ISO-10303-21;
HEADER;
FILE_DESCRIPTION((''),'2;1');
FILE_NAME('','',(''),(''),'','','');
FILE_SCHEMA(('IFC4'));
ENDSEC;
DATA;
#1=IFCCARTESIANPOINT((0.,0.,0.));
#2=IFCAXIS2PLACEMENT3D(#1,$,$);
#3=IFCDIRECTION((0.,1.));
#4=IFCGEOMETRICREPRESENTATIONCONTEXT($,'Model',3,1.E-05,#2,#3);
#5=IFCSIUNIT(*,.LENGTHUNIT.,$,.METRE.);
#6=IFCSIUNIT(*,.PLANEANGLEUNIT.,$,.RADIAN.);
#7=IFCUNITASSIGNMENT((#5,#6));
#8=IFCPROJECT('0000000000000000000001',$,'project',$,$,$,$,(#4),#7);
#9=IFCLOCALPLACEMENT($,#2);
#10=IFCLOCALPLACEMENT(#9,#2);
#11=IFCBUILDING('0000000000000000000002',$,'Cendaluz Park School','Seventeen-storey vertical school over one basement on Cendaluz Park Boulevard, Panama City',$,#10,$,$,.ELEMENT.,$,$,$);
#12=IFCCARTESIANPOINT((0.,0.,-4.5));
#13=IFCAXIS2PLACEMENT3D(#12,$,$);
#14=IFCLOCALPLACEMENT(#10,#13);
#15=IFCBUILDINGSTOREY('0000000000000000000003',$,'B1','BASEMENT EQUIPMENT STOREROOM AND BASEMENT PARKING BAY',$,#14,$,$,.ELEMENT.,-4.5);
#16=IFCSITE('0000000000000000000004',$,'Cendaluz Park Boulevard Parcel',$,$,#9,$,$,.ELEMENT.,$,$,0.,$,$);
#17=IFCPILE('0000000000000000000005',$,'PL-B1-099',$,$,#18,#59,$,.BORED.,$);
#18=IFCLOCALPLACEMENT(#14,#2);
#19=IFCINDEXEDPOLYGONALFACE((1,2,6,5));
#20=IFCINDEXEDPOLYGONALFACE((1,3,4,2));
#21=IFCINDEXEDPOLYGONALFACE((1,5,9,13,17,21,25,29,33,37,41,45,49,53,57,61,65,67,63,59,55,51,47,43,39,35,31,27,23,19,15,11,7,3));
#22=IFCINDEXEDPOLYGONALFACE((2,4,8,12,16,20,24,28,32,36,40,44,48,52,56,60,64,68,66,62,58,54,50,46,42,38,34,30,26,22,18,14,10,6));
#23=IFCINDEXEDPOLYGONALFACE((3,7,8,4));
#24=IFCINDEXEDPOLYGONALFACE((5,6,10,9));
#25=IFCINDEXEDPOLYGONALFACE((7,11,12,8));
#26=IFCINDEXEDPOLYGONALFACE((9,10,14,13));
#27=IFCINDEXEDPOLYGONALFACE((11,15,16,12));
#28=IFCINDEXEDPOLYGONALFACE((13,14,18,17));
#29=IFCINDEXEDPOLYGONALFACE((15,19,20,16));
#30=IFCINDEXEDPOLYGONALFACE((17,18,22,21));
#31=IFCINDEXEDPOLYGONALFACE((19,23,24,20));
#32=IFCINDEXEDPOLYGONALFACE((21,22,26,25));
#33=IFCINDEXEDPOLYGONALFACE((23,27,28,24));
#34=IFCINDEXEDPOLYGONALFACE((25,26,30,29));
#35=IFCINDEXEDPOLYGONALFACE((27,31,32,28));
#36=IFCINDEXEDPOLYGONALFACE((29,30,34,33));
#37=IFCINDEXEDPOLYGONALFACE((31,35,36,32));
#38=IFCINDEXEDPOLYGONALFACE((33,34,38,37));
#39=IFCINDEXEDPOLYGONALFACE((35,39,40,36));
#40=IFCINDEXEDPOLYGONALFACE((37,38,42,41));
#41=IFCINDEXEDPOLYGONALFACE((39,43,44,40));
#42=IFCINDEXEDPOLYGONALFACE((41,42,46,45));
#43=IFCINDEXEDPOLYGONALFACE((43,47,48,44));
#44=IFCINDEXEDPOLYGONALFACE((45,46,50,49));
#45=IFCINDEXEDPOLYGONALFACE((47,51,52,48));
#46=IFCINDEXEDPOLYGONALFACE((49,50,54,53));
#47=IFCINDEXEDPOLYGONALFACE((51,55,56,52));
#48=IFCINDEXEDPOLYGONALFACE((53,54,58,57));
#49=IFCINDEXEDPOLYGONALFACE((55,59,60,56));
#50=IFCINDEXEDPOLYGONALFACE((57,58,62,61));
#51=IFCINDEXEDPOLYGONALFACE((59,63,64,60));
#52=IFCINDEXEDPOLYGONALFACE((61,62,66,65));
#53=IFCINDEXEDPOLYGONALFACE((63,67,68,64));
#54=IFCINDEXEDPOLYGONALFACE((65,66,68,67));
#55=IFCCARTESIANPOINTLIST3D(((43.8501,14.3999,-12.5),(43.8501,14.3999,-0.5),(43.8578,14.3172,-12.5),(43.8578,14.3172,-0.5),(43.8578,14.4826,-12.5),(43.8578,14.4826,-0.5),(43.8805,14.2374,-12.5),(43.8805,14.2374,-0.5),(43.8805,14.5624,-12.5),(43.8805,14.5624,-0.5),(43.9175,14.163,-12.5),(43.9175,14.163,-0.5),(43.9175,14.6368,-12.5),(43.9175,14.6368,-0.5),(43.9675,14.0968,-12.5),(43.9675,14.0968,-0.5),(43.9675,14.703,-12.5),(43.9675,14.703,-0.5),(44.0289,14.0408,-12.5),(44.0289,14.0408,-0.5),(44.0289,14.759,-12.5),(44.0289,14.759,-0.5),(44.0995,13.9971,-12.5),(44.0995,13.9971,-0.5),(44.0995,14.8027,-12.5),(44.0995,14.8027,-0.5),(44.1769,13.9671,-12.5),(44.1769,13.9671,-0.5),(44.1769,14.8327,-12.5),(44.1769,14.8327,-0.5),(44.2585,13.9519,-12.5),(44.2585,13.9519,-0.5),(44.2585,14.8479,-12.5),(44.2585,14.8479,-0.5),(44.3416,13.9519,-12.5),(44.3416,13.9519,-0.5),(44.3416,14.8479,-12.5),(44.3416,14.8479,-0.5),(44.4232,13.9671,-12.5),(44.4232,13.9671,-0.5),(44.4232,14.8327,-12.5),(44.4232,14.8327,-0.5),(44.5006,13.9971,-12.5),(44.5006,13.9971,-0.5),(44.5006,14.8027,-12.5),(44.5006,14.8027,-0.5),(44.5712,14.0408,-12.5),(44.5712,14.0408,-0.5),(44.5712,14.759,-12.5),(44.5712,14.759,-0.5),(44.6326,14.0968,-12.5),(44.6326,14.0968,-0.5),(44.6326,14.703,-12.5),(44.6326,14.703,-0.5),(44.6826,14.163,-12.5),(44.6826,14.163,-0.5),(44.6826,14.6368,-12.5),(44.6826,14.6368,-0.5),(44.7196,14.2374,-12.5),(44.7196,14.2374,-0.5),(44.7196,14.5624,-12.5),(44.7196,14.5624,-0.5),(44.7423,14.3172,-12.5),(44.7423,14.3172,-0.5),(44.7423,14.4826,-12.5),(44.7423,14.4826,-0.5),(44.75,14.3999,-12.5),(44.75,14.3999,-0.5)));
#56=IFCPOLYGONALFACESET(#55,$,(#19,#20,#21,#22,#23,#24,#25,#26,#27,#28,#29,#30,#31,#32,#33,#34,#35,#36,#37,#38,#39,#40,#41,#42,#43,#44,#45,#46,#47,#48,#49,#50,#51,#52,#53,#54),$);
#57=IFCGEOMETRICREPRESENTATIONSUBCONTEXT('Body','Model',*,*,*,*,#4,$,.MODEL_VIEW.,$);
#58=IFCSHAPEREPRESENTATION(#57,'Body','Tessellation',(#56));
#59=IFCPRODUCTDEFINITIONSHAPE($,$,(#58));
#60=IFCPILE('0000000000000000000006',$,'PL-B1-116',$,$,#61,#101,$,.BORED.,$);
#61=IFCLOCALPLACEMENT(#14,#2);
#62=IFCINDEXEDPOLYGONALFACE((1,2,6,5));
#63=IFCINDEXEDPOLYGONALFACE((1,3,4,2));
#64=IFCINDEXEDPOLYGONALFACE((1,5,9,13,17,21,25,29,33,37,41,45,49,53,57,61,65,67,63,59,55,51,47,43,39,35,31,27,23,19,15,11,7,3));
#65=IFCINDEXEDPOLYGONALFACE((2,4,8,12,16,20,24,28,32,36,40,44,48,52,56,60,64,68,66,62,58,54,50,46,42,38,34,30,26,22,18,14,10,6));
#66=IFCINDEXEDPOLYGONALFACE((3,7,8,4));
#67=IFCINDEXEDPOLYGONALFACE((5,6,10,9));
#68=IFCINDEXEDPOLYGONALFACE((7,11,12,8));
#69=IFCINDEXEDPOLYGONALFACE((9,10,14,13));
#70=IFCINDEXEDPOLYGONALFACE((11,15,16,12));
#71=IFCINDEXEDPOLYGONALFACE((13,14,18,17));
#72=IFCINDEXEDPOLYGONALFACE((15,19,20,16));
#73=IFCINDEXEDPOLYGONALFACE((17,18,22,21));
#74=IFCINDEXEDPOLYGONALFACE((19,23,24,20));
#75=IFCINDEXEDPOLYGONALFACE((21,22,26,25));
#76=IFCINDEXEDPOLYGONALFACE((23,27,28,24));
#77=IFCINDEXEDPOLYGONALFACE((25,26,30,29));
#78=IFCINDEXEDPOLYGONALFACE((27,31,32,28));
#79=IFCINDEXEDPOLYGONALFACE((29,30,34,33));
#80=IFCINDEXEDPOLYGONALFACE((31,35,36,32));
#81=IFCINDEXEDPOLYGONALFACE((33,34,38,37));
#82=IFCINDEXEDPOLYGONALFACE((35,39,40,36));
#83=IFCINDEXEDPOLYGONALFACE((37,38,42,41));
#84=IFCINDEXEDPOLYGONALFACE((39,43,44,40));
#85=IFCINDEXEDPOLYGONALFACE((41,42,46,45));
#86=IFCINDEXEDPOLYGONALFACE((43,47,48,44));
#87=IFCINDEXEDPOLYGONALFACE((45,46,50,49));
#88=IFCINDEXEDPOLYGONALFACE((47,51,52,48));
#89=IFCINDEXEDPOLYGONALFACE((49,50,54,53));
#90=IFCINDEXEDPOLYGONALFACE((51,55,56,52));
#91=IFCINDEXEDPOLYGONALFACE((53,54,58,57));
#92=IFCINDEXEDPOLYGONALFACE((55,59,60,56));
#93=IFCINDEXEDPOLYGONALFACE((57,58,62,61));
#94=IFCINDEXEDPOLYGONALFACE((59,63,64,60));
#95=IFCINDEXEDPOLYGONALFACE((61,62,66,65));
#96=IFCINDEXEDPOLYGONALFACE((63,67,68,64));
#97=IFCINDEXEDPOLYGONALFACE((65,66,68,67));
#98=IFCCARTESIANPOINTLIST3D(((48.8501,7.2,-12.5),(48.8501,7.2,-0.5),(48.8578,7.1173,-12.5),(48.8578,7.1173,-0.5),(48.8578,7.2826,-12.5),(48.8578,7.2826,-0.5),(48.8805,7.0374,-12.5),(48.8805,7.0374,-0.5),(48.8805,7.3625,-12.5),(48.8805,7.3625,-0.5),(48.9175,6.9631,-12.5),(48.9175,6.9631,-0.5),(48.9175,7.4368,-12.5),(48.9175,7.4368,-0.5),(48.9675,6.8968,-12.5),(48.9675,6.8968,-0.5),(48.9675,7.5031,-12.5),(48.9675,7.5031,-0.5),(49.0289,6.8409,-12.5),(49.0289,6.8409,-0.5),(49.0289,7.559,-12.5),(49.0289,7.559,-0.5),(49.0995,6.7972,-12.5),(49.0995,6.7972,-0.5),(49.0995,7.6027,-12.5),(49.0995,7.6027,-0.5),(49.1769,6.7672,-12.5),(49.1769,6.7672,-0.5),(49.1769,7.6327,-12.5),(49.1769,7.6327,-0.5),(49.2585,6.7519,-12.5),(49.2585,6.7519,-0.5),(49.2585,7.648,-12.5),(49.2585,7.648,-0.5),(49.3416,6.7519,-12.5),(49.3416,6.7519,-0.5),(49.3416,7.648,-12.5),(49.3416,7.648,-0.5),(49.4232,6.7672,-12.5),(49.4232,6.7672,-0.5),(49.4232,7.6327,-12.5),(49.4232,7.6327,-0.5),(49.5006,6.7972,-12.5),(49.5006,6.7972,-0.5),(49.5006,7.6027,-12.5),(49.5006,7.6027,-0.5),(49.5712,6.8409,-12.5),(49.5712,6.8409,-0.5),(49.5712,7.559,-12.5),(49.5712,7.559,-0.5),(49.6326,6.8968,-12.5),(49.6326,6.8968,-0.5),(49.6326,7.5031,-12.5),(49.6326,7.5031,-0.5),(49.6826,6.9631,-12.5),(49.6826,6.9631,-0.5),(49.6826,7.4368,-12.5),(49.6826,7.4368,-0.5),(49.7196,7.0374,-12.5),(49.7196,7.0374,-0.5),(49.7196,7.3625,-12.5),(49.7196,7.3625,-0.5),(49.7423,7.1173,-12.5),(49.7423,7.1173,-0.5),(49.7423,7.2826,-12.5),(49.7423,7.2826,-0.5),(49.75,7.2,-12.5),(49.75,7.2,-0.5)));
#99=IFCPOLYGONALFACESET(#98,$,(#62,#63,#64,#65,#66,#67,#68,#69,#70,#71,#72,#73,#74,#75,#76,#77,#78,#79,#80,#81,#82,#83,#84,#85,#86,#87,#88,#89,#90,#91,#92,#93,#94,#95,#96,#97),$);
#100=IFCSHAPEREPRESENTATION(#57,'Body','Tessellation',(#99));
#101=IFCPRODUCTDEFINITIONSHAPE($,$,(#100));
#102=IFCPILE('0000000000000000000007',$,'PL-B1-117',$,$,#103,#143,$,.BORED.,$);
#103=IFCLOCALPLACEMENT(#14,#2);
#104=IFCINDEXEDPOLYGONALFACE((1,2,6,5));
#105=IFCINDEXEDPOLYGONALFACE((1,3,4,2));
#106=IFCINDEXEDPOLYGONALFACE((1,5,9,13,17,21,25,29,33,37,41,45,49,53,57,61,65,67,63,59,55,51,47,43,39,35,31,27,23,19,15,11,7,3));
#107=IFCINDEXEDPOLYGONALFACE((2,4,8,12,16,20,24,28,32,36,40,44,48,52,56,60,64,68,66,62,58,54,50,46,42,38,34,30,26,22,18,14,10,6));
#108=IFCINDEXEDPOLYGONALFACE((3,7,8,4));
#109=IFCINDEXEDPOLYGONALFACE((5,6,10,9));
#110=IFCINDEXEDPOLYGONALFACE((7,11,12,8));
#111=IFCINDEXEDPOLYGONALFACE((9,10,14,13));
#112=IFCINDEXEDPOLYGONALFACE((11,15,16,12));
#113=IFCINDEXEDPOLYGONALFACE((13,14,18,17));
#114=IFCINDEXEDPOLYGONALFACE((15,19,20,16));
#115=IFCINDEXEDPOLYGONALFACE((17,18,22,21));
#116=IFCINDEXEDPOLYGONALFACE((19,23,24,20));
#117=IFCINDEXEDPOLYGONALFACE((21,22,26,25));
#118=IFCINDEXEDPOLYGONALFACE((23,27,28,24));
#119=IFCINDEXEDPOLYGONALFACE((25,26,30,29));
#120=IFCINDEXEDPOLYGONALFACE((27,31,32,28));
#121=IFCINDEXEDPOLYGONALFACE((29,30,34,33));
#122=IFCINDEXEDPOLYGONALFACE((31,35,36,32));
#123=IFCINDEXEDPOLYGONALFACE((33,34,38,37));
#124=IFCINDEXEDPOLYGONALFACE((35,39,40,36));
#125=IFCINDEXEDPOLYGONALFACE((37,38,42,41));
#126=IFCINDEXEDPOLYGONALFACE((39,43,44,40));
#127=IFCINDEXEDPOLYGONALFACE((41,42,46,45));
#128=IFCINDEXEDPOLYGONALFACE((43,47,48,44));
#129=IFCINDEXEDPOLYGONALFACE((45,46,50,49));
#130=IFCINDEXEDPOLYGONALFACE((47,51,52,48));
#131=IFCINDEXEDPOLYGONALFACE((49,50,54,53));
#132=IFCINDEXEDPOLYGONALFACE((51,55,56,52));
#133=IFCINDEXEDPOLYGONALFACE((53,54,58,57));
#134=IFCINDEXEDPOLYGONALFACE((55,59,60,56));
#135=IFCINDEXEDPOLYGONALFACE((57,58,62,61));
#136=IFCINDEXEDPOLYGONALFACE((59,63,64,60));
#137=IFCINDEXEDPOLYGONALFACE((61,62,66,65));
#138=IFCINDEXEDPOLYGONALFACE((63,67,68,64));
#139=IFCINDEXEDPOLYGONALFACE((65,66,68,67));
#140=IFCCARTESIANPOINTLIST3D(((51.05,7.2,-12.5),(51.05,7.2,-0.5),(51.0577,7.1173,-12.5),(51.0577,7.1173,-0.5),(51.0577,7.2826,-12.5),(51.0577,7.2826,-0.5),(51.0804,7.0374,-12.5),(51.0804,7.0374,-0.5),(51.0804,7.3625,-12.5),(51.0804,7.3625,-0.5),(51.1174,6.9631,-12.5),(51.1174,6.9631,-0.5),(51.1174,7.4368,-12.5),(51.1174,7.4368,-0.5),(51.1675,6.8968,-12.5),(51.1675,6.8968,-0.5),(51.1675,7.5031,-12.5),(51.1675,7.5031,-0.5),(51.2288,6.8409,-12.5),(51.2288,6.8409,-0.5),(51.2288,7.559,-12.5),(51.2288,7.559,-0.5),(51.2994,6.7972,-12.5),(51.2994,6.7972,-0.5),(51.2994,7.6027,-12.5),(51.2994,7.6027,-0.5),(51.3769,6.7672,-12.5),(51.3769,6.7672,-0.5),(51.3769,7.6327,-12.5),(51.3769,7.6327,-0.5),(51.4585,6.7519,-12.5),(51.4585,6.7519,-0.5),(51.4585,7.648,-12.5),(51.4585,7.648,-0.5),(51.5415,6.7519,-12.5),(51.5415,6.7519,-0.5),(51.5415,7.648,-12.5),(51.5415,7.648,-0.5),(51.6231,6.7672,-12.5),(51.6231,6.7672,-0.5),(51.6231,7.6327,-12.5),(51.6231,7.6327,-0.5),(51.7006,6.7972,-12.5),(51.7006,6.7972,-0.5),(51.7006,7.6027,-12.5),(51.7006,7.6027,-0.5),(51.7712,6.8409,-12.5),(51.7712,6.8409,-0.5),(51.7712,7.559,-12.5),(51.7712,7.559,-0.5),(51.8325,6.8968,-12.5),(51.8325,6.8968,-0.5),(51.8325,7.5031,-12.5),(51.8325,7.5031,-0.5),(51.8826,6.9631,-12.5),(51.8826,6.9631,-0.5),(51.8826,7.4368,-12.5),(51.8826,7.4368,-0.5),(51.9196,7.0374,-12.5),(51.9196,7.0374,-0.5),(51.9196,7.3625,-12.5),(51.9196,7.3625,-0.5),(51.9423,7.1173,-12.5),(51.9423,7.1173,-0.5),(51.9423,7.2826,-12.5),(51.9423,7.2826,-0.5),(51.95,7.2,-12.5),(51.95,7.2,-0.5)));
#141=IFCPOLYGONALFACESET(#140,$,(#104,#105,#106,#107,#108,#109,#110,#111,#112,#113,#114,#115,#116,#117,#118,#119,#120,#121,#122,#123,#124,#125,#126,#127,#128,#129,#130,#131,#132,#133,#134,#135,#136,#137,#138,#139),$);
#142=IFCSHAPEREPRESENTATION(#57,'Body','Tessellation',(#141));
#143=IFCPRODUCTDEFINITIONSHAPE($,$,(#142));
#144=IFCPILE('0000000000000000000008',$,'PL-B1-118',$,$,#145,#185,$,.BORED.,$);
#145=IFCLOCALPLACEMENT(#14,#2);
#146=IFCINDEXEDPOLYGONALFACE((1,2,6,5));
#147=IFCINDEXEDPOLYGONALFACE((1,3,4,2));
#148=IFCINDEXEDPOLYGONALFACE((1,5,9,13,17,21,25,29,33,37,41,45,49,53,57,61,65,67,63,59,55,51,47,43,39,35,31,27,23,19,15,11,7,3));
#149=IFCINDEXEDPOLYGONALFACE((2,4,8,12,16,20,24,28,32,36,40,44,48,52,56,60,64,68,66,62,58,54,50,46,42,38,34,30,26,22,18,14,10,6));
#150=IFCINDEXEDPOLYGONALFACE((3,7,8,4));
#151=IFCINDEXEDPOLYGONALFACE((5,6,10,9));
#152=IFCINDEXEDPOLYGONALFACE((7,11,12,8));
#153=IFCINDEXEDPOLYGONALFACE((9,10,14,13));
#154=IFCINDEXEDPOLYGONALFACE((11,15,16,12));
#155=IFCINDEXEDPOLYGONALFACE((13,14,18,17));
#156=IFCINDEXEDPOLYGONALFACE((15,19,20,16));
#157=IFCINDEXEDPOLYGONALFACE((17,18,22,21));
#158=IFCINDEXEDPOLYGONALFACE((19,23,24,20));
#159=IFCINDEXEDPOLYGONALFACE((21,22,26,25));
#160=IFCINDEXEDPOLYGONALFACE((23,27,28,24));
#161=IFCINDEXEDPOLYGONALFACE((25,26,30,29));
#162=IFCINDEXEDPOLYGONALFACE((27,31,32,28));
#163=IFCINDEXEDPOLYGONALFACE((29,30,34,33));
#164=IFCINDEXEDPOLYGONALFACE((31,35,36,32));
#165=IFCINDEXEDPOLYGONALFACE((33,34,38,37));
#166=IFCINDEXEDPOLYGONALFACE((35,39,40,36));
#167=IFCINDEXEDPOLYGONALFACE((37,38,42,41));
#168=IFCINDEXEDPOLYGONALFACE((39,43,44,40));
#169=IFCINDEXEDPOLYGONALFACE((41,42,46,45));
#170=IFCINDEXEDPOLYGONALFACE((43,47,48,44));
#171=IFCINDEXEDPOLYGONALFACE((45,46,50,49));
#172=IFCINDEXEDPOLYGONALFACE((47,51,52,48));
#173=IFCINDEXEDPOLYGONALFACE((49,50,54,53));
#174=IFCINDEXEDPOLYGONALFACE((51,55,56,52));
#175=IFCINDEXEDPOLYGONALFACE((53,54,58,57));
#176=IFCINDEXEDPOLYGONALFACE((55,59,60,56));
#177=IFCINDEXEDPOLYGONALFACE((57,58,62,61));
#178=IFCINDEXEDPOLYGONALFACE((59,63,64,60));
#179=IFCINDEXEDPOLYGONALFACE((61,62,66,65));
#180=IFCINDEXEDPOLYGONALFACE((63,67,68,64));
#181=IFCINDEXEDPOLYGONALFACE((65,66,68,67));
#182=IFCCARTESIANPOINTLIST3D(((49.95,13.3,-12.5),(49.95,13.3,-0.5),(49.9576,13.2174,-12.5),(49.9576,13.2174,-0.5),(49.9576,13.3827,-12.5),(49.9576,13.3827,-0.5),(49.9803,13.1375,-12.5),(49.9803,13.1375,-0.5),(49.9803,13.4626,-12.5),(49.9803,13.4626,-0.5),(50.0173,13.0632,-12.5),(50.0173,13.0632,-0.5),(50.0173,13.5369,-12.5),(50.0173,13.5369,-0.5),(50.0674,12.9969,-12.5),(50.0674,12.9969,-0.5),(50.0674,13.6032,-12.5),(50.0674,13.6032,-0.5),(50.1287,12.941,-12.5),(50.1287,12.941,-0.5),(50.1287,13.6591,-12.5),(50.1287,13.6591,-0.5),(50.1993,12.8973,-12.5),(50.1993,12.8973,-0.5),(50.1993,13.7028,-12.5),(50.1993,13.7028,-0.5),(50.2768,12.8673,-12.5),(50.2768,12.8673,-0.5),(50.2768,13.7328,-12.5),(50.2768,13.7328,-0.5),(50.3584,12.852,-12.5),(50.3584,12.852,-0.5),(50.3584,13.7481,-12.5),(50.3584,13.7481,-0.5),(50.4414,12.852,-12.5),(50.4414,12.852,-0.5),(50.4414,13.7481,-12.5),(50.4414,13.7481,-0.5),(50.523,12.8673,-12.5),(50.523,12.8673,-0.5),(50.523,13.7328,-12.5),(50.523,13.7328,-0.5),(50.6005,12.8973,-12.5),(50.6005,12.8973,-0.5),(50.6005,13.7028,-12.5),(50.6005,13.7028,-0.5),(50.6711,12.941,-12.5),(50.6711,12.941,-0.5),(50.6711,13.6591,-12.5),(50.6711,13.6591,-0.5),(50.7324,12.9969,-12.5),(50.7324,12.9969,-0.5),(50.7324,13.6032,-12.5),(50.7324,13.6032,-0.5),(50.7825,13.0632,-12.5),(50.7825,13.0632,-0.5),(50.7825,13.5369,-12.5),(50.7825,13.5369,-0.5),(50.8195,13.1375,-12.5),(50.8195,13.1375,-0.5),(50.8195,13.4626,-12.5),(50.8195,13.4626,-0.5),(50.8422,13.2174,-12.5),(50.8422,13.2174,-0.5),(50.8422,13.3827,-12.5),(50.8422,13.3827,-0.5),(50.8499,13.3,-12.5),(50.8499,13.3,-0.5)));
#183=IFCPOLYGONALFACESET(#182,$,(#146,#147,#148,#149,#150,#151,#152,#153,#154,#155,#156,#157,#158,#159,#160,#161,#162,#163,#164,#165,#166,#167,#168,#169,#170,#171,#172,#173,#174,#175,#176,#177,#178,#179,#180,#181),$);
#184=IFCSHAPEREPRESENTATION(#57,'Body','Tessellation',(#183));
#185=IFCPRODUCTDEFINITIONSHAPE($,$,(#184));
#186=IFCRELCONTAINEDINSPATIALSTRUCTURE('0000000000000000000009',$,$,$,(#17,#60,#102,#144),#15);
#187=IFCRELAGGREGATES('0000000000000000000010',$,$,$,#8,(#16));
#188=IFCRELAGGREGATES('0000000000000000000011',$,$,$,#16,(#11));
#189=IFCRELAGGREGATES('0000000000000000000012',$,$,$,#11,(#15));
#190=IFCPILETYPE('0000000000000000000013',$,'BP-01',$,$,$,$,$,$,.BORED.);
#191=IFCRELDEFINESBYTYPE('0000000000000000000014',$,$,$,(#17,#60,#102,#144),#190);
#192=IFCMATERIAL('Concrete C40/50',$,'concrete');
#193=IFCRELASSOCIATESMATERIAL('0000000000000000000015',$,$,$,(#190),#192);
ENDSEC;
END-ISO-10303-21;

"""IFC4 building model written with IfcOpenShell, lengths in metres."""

from ifc_helpers import new_model, si_unit, direction, frame, origin, origin_2d, place, context, subcontext, project, spatial, circle, extrude, material, material_profile, profile_set, type_object, element, save


model = new_model("IFC4")

# Units and contexts
model_context = context("Model", 3, precision=1e-05, world=origin(), true_north=direction((0.0, 1.0)))
body_context = subcontext(model_context, "Body", "Model", "MODEL_VIEW")
ifc_project = project(units=[si_unit("LENGTHUNIT", "METRE"), si_unit("PLANEANGLEUNIT", "RADIAN")], contexts=[model_context])

# Site, building, storey
site_placement = place(None, origin())
site = spatial("IfcSite", under=ifc_project, at=site_placement, Name="Cendaluz Park Boulevard Parcel", CompositionType="ELEMENT", RefElevation=0.0)
building_placement = place(site_placement, origin())
building = spatial("IfcBuilding", under=site, at=building_placement, Name="Cendaluz Park School", Description="Seventeen-storey vertical school over one basement on Cendaluz Park Boulevard, Panama City", CompositionType="ELEMENT")
storey_placement = place(building_placement, frame((0.0, 0.0, -4.5)))
storey = spatial("IfcBuildingStorey", under=building, at=storey_placement, Name="B1", Description="BASEMENT EQUIPMENT STOREROOM AND BASEMENT PARKING BAY", CompositionType="ELEMENT", Elevation=-4.5)

# Piles
ifc_material_1 = material(Name="Concrete C40/50", Category="concrete")
ifc_material_profile_1 = material_profile(ifc_material_1, circle(Radius=0.45, at=origin_2d()), Name="BP D900", Category="concrete")
ifc_profile_set_1 = profile_set([ifc_material_profile_1], Name="Concrete C40/50")
pile_type_1 = type_object("IfcPileType", Name="BP-01", PredefinedType="BORED", material=ifc_profile_set_1)
for number, where, z_axis, x_axis, name in (
    (1, (44.3, 14.3999, -0.5), (0.0, 0.0, -1.0), (1.0, 0.0, 0.0), "PL-B1-099"),
    (2, (49.3, 7.2, -0.5), (0.0, 0.0, -1.0), (1.0, 0.0, 0.0), "PL-B1-116"),
    (3, (51.5, 7.2, -0.5), (0.0, 0.0, -1.0), (1.0, 0.0, 0.0), "PL-B1-117"),
    (4, (50.3999, 13.3, -0.5), (0.0, 0.0, -1.0), (1.0, 0.0, 0.0), "PL-B1-118"),
):
    element("IfcPile", number, at=place(storey_placement, frame(where, z_axis=z_axis, x_axis=x_axis)), inside=storey, type_object=pile_type_1, Name=name, PredefinedType="BORED", context=body_context, shape_type="SweptSolid", body=[
        extrude(circle(Radius=0.45, at=origin_2d()), origin(), (0.0, 0.0, 1.0), 12.0),
    ])

save(model, "model.ifc")
